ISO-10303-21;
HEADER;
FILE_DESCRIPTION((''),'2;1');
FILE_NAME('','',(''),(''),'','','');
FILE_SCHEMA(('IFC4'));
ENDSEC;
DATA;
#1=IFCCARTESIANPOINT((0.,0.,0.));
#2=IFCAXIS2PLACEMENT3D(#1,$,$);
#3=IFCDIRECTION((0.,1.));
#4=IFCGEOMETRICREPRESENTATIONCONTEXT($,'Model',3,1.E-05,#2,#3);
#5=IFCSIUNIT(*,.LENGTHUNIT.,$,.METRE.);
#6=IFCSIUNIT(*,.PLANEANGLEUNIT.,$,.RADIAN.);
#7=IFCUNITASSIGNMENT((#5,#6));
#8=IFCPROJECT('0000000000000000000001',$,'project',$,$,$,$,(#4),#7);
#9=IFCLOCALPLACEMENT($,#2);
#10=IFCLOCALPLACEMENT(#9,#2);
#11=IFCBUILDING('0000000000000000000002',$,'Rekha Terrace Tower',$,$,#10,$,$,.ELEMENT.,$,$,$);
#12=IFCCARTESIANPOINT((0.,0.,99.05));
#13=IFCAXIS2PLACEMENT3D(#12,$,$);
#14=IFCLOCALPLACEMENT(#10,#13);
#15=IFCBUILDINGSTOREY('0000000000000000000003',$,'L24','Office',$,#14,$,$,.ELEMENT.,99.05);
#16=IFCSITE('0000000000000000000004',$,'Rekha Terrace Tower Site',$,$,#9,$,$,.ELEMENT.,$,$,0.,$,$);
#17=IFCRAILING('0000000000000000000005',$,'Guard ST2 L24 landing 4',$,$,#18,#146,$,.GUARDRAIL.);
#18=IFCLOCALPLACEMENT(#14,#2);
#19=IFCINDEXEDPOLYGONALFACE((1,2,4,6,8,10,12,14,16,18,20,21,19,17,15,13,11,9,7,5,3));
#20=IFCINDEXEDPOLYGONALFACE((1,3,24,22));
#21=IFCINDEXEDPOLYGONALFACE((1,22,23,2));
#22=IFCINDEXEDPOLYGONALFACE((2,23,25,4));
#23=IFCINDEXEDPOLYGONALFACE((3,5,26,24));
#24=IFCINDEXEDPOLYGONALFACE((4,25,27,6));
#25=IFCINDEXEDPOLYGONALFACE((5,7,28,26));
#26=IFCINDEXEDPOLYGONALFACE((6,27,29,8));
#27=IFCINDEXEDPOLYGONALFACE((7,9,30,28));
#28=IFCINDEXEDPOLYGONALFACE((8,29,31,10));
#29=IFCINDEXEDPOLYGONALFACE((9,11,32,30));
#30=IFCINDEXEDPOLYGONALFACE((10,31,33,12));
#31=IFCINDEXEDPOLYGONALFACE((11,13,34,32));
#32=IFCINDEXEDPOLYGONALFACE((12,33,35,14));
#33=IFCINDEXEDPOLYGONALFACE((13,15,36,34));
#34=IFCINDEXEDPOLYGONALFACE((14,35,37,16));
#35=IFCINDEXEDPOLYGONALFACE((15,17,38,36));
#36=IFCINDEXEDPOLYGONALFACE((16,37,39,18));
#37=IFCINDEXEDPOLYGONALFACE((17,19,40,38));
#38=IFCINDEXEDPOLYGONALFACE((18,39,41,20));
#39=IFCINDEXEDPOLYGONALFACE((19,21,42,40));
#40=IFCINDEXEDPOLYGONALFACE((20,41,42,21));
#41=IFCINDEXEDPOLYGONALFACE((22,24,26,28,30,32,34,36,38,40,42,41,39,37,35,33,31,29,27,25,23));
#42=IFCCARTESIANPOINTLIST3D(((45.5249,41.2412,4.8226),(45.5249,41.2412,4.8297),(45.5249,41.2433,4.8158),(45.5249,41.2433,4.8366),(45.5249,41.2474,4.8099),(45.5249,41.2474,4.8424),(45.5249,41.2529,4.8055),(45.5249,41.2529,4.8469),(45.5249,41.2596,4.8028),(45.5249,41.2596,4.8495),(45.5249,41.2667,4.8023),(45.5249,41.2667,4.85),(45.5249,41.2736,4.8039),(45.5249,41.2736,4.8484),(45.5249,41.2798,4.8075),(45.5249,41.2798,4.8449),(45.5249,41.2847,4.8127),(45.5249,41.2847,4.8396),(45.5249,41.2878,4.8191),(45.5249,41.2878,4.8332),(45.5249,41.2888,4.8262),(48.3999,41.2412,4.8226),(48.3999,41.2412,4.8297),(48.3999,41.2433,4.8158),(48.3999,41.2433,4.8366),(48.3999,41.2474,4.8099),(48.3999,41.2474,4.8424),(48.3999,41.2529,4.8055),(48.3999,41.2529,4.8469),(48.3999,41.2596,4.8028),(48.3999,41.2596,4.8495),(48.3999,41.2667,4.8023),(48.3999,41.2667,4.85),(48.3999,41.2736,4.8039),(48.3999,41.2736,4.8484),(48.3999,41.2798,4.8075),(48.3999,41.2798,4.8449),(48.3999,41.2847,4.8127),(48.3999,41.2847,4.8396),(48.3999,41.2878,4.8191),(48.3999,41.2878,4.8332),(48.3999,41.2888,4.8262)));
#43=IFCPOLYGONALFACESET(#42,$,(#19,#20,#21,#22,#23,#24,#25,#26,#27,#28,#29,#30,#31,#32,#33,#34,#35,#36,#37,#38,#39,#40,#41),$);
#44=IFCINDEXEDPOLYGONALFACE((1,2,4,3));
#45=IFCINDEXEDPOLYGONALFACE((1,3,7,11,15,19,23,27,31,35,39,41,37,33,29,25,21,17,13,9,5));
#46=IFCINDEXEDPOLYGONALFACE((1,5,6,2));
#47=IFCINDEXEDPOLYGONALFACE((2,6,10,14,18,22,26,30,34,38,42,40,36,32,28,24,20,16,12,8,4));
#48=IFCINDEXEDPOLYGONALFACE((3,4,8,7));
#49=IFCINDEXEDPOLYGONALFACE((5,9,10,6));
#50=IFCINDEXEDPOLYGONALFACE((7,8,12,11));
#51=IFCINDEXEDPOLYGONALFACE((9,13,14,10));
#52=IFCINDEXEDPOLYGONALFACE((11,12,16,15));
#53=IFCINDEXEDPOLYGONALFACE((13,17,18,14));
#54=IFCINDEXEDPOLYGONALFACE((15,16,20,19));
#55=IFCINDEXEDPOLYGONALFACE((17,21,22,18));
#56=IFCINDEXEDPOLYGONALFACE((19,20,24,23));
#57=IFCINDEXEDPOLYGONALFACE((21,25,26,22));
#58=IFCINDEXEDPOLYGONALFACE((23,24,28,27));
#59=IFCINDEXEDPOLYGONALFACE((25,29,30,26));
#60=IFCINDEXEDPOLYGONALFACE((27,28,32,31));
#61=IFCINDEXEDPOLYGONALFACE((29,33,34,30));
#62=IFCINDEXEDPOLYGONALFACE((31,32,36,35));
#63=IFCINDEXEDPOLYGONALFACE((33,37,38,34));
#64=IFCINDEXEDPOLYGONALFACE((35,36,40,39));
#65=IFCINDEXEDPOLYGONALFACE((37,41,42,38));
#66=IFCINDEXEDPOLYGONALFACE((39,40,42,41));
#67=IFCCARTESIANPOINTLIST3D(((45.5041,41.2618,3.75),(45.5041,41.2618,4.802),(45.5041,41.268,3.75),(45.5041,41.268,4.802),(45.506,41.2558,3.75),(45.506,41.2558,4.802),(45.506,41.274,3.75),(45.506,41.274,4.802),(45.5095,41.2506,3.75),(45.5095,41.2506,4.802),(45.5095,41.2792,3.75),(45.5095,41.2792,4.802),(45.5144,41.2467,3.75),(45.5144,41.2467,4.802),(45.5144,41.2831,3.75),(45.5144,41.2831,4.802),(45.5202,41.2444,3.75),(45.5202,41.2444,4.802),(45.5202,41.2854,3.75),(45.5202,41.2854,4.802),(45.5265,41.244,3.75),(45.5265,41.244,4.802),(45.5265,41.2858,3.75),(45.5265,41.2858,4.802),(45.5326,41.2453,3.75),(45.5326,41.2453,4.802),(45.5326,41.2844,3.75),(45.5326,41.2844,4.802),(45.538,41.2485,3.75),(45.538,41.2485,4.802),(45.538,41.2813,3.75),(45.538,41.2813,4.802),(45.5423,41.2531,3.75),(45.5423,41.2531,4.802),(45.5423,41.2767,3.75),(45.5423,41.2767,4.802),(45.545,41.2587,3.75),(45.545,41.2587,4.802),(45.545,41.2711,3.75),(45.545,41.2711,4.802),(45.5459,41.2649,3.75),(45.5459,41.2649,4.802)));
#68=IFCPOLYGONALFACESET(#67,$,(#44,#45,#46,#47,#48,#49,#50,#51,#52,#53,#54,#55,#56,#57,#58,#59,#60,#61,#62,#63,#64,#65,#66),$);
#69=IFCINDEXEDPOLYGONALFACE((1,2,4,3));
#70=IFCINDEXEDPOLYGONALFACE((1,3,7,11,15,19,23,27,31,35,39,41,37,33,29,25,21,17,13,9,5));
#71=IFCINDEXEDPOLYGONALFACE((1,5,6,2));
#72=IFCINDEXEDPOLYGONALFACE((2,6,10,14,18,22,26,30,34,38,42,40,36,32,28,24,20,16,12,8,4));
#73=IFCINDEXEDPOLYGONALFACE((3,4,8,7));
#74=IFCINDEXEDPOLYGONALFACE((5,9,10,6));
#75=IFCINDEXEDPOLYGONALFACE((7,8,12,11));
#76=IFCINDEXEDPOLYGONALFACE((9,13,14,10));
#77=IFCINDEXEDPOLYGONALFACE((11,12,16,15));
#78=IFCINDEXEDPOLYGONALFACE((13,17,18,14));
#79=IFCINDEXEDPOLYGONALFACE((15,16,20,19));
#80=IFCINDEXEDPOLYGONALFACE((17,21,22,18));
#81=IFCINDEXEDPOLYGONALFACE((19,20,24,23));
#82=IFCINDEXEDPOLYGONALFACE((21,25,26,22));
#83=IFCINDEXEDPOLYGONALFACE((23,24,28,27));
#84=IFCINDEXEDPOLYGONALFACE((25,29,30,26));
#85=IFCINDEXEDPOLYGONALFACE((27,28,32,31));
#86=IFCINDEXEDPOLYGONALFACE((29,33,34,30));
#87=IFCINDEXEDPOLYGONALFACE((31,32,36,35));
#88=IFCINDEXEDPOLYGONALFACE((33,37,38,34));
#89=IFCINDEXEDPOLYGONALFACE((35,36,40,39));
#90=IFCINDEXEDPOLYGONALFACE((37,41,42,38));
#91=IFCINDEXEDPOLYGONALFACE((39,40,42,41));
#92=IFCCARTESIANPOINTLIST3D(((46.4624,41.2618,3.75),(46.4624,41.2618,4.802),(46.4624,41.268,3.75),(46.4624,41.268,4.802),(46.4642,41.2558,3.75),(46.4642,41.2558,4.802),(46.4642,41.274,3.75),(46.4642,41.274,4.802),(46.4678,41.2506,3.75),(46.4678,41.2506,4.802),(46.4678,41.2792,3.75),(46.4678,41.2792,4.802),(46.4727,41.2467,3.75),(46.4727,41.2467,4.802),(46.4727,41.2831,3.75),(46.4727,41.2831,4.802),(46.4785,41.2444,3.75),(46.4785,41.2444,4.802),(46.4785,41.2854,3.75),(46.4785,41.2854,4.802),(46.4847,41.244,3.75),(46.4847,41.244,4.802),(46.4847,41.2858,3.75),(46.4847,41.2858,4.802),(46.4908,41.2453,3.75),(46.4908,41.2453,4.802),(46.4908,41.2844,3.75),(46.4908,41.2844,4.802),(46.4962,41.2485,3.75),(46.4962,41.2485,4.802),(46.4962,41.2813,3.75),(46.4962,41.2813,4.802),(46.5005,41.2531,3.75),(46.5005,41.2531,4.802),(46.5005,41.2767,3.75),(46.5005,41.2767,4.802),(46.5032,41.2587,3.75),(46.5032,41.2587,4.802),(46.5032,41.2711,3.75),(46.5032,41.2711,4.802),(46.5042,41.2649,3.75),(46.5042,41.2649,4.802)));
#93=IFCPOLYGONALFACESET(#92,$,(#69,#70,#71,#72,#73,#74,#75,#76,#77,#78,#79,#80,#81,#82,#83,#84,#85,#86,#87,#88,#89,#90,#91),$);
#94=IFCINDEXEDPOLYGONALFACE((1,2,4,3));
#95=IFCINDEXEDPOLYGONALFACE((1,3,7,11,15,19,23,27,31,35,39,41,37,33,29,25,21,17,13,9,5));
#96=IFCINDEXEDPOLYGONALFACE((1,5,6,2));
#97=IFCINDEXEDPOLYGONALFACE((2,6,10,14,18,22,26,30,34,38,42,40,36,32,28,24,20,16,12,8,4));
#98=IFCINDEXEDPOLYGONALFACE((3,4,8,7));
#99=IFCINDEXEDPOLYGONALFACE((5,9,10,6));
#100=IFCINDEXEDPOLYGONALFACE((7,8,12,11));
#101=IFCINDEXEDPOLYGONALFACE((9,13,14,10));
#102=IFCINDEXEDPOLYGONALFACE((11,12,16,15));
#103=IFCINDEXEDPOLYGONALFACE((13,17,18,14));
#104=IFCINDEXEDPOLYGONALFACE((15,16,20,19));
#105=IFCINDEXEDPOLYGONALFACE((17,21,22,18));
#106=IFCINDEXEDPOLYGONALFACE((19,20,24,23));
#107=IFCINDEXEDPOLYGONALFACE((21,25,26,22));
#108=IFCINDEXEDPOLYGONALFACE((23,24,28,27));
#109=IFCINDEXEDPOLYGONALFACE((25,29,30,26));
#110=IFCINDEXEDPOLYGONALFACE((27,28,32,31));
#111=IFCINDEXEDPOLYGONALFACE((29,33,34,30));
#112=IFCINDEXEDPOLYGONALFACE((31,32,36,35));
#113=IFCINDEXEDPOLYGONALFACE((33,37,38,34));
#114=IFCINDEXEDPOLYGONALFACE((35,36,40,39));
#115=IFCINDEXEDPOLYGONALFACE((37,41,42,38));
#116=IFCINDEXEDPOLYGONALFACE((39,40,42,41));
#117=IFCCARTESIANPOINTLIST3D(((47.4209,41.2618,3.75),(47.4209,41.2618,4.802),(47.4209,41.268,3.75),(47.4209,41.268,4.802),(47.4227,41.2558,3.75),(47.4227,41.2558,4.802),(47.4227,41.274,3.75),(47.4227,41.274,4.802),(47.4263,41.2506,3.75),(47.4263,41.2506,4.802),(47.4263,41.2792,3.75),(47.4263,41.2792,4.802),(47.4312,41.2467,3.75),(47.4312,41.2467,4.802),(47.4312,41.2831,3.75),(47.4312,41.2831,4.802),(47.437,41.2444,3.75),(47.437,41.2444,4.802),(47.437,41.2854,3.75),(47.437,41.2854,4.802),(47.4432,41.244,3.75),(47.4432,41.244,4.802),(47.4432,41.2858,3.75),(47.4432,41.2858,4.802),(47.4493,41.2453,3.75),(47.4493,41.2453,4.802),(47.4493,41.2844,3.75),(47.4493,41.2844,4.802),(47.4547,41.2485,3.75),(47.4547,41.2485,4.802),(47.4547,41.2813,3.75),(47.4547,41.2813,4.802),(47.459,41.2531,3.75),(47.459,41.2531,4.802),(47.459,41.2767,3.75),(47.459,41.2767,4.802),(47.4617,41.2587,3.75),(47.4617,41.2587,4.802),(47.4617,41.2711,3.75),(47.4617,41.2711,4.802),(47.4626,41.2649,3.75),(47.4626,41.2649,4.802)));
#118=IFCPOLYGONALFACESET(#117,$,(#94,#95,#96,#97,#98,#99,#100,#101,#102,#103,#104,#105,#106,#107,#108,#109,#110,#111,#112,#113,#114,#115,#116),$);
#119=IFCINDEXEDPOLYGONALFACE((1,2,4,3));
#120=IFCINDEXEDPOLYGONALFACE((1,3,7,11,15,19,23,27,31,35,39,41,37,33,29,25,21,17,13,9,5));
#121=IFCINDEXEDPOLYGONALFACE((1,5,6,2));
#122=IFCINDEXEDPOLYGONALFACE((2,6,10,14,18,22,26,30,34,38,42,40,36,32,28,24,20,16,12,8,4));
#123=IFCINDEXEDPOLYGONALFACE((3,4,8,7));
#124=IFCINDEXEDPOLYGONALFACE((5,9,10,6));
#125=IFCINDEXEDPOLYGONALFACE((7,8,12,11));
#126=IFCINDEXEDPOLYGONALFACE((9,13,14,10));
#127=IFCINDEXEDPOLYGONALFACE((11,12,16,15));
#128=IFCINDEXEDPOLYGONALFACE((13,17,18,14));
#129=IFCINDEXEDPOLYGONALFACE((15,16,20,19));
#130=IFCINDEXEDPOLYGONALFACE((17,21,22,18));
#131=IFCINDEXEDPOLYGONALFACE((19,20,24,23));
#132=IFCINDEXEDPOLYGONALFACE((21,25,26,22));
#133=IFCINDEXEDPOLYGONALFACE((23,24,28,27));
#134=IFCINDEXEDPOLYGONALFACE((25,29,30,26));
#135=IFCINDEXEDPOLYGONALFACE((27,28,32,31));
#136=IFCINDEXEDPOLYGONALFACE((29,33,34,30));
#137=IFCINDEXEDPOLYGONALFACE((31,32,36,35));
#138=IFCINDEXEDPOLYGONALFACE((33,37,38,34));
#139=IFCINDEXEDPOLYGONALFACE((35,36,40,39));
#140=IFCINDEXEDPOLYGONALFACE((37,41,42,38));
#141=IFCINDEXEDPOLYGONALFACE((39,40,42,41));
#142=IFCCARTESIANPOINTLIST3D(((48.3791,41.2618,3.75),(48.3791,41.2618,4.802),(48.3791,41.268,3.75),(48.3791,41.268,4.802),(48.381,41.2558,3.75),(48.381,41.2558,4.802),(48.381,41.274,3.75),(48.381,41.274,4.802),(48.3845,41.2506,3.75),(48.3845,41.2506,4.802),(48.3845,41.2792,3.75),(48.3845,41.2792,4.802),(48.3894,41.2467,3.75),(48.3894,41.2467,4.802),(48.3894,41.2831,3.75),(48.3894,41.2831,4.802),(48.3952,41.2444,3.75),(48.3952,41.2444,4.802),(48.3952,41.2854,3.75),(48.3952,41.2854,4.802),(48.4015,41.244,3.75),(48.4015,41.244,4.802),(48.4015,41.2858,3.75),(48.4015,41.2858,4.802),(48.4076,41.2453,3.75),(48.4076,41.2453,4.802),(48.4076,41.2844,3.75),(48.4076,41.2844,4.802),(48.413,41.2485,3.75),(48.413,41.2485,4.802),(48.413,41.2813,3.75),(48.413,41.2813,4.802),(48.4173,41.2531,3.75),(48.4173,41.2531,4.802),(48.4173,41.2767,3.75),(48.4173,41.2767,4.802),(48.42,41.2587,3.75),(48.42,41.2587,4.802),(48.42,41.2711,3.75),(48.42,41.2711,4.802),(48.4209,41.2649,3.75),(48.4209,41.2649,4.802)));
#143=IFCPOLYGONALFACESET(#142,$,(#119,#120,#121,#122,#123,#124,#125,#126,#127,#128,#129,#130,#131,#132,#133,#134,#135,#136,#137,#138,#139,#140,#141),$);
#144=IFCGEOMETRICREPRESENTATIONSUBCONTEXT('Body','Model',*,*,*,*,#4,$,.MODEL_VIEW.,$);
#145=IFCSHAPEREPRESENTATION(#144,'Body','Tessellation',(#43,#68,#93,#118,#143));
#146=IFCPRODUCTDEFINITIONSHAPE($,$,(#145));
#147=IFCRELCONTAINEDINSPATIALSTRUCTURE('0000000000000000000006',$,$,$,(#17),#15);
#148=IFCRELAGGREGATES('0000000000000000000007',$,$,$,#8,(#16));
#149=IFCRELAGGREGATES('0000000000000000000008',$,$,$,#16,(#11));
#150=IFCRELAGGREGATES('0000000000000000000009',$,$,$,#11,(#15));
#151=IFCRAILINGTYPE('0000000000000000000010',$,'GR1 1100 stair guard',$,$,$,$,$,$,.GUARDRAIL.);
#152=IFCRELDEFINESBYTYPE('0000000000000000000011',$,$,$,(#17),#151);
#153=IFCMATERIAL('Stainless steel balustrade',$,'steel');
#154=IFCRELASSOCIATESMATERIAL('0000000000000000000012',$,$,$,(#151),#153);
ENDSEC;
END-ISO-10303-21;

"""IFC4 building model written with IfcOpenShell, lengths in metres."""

from ifc_helpers import new_model, si_unit, direction, frame, origin, origin_2d, place, context, subcontext, project, spatial, circle, extrude, material, type_object, element, save


model = new_model("IFC4")

# Units and contexts
model_context = context("Model", 3, precision=1e-05, world=origin(), true_north=direction((0.0, 1.0)))
body_context = subcontext(model_context, "Body", "Model", "MODEL_VIEW")
ifc_project = project(units=[si_unit("LENGTHUNIT", "METRE"), si_unit("PLANEANGLEUNIT", "RADIAN")], contexts=[model_context])

# Site, building, storey
site_placement = place(None, origin())
site = spatial("IfcSite", under=ifc_project, at=site_placement, Name="Rekha Terrace Tower Site", CompositionType="ELEMENT", RefElevation=0.0)
building_placement = place(site_placement, origin())
building = spatial("IfcBuilding", under=site, at=building_placement, Name="Rekha Terrace Tower", CompositionType="ELEMENT")
storey_placement = place(building_placement, frame((0.0, 0.0, 99.05)))
storey = spatial("IfcBuildingStorey", under=building, at=storey_placement, Name="L24", Description="Office", CompositionType="ELEMENT", Elevation=99.05)

# Railing
ifc_material_1 = material(Name="Stainless steel balustrade", Category="steel")
railing_type_1 = type_object("IfcRailingType", Name="GR1 1100 stair guard", PredefinedType="GUARDRAIL", material=ifc_material_1)
railing_1_placement = place(storey_placement, frame((45.5249, 41.2649, 3.75)))
element("IfcRailing", 1, at=railing_1_placement, inside=storey, type_object=railing_type_1, Name="Guard ST2 L24 landing 4", PredefinedType="GUARDRAIL", context=body_context, shape_type="SweptSolid", body=[
    extrude(circle(Radius=0.0239, at=origin_2d()), frame((0.0, 0.0, 1.0762), z_axis=(1.0, 0.0, 0.0), x_axis=(0.0, 1.0, 0.0)), (0.0, 0.0, 1.0), 2.875),
    extrude(circle(Radius=0.021, at=origin_2d()), origin(), (0.0, 0.0, 1.0), 1.052),
    extrude(circle(Radius=0.021, at=origin_2d()), frame((0.9583, 0.0, 0.0)), (0.0, 0.0, 1.0), 1.052),
    extrude(circle(Radius=0.021, at=origin_2d()), frame((1.9167, 0.0, 0.0)), (0.0, 0.0, 1.0), 1.052),
    extrude(circle(Radius=0.021, at=origin_2d()), frame((2.875, 0.0, 0.0)), (0.0, 0.0, 1.0), 1.052),
])

save(model, "model.ifc")
